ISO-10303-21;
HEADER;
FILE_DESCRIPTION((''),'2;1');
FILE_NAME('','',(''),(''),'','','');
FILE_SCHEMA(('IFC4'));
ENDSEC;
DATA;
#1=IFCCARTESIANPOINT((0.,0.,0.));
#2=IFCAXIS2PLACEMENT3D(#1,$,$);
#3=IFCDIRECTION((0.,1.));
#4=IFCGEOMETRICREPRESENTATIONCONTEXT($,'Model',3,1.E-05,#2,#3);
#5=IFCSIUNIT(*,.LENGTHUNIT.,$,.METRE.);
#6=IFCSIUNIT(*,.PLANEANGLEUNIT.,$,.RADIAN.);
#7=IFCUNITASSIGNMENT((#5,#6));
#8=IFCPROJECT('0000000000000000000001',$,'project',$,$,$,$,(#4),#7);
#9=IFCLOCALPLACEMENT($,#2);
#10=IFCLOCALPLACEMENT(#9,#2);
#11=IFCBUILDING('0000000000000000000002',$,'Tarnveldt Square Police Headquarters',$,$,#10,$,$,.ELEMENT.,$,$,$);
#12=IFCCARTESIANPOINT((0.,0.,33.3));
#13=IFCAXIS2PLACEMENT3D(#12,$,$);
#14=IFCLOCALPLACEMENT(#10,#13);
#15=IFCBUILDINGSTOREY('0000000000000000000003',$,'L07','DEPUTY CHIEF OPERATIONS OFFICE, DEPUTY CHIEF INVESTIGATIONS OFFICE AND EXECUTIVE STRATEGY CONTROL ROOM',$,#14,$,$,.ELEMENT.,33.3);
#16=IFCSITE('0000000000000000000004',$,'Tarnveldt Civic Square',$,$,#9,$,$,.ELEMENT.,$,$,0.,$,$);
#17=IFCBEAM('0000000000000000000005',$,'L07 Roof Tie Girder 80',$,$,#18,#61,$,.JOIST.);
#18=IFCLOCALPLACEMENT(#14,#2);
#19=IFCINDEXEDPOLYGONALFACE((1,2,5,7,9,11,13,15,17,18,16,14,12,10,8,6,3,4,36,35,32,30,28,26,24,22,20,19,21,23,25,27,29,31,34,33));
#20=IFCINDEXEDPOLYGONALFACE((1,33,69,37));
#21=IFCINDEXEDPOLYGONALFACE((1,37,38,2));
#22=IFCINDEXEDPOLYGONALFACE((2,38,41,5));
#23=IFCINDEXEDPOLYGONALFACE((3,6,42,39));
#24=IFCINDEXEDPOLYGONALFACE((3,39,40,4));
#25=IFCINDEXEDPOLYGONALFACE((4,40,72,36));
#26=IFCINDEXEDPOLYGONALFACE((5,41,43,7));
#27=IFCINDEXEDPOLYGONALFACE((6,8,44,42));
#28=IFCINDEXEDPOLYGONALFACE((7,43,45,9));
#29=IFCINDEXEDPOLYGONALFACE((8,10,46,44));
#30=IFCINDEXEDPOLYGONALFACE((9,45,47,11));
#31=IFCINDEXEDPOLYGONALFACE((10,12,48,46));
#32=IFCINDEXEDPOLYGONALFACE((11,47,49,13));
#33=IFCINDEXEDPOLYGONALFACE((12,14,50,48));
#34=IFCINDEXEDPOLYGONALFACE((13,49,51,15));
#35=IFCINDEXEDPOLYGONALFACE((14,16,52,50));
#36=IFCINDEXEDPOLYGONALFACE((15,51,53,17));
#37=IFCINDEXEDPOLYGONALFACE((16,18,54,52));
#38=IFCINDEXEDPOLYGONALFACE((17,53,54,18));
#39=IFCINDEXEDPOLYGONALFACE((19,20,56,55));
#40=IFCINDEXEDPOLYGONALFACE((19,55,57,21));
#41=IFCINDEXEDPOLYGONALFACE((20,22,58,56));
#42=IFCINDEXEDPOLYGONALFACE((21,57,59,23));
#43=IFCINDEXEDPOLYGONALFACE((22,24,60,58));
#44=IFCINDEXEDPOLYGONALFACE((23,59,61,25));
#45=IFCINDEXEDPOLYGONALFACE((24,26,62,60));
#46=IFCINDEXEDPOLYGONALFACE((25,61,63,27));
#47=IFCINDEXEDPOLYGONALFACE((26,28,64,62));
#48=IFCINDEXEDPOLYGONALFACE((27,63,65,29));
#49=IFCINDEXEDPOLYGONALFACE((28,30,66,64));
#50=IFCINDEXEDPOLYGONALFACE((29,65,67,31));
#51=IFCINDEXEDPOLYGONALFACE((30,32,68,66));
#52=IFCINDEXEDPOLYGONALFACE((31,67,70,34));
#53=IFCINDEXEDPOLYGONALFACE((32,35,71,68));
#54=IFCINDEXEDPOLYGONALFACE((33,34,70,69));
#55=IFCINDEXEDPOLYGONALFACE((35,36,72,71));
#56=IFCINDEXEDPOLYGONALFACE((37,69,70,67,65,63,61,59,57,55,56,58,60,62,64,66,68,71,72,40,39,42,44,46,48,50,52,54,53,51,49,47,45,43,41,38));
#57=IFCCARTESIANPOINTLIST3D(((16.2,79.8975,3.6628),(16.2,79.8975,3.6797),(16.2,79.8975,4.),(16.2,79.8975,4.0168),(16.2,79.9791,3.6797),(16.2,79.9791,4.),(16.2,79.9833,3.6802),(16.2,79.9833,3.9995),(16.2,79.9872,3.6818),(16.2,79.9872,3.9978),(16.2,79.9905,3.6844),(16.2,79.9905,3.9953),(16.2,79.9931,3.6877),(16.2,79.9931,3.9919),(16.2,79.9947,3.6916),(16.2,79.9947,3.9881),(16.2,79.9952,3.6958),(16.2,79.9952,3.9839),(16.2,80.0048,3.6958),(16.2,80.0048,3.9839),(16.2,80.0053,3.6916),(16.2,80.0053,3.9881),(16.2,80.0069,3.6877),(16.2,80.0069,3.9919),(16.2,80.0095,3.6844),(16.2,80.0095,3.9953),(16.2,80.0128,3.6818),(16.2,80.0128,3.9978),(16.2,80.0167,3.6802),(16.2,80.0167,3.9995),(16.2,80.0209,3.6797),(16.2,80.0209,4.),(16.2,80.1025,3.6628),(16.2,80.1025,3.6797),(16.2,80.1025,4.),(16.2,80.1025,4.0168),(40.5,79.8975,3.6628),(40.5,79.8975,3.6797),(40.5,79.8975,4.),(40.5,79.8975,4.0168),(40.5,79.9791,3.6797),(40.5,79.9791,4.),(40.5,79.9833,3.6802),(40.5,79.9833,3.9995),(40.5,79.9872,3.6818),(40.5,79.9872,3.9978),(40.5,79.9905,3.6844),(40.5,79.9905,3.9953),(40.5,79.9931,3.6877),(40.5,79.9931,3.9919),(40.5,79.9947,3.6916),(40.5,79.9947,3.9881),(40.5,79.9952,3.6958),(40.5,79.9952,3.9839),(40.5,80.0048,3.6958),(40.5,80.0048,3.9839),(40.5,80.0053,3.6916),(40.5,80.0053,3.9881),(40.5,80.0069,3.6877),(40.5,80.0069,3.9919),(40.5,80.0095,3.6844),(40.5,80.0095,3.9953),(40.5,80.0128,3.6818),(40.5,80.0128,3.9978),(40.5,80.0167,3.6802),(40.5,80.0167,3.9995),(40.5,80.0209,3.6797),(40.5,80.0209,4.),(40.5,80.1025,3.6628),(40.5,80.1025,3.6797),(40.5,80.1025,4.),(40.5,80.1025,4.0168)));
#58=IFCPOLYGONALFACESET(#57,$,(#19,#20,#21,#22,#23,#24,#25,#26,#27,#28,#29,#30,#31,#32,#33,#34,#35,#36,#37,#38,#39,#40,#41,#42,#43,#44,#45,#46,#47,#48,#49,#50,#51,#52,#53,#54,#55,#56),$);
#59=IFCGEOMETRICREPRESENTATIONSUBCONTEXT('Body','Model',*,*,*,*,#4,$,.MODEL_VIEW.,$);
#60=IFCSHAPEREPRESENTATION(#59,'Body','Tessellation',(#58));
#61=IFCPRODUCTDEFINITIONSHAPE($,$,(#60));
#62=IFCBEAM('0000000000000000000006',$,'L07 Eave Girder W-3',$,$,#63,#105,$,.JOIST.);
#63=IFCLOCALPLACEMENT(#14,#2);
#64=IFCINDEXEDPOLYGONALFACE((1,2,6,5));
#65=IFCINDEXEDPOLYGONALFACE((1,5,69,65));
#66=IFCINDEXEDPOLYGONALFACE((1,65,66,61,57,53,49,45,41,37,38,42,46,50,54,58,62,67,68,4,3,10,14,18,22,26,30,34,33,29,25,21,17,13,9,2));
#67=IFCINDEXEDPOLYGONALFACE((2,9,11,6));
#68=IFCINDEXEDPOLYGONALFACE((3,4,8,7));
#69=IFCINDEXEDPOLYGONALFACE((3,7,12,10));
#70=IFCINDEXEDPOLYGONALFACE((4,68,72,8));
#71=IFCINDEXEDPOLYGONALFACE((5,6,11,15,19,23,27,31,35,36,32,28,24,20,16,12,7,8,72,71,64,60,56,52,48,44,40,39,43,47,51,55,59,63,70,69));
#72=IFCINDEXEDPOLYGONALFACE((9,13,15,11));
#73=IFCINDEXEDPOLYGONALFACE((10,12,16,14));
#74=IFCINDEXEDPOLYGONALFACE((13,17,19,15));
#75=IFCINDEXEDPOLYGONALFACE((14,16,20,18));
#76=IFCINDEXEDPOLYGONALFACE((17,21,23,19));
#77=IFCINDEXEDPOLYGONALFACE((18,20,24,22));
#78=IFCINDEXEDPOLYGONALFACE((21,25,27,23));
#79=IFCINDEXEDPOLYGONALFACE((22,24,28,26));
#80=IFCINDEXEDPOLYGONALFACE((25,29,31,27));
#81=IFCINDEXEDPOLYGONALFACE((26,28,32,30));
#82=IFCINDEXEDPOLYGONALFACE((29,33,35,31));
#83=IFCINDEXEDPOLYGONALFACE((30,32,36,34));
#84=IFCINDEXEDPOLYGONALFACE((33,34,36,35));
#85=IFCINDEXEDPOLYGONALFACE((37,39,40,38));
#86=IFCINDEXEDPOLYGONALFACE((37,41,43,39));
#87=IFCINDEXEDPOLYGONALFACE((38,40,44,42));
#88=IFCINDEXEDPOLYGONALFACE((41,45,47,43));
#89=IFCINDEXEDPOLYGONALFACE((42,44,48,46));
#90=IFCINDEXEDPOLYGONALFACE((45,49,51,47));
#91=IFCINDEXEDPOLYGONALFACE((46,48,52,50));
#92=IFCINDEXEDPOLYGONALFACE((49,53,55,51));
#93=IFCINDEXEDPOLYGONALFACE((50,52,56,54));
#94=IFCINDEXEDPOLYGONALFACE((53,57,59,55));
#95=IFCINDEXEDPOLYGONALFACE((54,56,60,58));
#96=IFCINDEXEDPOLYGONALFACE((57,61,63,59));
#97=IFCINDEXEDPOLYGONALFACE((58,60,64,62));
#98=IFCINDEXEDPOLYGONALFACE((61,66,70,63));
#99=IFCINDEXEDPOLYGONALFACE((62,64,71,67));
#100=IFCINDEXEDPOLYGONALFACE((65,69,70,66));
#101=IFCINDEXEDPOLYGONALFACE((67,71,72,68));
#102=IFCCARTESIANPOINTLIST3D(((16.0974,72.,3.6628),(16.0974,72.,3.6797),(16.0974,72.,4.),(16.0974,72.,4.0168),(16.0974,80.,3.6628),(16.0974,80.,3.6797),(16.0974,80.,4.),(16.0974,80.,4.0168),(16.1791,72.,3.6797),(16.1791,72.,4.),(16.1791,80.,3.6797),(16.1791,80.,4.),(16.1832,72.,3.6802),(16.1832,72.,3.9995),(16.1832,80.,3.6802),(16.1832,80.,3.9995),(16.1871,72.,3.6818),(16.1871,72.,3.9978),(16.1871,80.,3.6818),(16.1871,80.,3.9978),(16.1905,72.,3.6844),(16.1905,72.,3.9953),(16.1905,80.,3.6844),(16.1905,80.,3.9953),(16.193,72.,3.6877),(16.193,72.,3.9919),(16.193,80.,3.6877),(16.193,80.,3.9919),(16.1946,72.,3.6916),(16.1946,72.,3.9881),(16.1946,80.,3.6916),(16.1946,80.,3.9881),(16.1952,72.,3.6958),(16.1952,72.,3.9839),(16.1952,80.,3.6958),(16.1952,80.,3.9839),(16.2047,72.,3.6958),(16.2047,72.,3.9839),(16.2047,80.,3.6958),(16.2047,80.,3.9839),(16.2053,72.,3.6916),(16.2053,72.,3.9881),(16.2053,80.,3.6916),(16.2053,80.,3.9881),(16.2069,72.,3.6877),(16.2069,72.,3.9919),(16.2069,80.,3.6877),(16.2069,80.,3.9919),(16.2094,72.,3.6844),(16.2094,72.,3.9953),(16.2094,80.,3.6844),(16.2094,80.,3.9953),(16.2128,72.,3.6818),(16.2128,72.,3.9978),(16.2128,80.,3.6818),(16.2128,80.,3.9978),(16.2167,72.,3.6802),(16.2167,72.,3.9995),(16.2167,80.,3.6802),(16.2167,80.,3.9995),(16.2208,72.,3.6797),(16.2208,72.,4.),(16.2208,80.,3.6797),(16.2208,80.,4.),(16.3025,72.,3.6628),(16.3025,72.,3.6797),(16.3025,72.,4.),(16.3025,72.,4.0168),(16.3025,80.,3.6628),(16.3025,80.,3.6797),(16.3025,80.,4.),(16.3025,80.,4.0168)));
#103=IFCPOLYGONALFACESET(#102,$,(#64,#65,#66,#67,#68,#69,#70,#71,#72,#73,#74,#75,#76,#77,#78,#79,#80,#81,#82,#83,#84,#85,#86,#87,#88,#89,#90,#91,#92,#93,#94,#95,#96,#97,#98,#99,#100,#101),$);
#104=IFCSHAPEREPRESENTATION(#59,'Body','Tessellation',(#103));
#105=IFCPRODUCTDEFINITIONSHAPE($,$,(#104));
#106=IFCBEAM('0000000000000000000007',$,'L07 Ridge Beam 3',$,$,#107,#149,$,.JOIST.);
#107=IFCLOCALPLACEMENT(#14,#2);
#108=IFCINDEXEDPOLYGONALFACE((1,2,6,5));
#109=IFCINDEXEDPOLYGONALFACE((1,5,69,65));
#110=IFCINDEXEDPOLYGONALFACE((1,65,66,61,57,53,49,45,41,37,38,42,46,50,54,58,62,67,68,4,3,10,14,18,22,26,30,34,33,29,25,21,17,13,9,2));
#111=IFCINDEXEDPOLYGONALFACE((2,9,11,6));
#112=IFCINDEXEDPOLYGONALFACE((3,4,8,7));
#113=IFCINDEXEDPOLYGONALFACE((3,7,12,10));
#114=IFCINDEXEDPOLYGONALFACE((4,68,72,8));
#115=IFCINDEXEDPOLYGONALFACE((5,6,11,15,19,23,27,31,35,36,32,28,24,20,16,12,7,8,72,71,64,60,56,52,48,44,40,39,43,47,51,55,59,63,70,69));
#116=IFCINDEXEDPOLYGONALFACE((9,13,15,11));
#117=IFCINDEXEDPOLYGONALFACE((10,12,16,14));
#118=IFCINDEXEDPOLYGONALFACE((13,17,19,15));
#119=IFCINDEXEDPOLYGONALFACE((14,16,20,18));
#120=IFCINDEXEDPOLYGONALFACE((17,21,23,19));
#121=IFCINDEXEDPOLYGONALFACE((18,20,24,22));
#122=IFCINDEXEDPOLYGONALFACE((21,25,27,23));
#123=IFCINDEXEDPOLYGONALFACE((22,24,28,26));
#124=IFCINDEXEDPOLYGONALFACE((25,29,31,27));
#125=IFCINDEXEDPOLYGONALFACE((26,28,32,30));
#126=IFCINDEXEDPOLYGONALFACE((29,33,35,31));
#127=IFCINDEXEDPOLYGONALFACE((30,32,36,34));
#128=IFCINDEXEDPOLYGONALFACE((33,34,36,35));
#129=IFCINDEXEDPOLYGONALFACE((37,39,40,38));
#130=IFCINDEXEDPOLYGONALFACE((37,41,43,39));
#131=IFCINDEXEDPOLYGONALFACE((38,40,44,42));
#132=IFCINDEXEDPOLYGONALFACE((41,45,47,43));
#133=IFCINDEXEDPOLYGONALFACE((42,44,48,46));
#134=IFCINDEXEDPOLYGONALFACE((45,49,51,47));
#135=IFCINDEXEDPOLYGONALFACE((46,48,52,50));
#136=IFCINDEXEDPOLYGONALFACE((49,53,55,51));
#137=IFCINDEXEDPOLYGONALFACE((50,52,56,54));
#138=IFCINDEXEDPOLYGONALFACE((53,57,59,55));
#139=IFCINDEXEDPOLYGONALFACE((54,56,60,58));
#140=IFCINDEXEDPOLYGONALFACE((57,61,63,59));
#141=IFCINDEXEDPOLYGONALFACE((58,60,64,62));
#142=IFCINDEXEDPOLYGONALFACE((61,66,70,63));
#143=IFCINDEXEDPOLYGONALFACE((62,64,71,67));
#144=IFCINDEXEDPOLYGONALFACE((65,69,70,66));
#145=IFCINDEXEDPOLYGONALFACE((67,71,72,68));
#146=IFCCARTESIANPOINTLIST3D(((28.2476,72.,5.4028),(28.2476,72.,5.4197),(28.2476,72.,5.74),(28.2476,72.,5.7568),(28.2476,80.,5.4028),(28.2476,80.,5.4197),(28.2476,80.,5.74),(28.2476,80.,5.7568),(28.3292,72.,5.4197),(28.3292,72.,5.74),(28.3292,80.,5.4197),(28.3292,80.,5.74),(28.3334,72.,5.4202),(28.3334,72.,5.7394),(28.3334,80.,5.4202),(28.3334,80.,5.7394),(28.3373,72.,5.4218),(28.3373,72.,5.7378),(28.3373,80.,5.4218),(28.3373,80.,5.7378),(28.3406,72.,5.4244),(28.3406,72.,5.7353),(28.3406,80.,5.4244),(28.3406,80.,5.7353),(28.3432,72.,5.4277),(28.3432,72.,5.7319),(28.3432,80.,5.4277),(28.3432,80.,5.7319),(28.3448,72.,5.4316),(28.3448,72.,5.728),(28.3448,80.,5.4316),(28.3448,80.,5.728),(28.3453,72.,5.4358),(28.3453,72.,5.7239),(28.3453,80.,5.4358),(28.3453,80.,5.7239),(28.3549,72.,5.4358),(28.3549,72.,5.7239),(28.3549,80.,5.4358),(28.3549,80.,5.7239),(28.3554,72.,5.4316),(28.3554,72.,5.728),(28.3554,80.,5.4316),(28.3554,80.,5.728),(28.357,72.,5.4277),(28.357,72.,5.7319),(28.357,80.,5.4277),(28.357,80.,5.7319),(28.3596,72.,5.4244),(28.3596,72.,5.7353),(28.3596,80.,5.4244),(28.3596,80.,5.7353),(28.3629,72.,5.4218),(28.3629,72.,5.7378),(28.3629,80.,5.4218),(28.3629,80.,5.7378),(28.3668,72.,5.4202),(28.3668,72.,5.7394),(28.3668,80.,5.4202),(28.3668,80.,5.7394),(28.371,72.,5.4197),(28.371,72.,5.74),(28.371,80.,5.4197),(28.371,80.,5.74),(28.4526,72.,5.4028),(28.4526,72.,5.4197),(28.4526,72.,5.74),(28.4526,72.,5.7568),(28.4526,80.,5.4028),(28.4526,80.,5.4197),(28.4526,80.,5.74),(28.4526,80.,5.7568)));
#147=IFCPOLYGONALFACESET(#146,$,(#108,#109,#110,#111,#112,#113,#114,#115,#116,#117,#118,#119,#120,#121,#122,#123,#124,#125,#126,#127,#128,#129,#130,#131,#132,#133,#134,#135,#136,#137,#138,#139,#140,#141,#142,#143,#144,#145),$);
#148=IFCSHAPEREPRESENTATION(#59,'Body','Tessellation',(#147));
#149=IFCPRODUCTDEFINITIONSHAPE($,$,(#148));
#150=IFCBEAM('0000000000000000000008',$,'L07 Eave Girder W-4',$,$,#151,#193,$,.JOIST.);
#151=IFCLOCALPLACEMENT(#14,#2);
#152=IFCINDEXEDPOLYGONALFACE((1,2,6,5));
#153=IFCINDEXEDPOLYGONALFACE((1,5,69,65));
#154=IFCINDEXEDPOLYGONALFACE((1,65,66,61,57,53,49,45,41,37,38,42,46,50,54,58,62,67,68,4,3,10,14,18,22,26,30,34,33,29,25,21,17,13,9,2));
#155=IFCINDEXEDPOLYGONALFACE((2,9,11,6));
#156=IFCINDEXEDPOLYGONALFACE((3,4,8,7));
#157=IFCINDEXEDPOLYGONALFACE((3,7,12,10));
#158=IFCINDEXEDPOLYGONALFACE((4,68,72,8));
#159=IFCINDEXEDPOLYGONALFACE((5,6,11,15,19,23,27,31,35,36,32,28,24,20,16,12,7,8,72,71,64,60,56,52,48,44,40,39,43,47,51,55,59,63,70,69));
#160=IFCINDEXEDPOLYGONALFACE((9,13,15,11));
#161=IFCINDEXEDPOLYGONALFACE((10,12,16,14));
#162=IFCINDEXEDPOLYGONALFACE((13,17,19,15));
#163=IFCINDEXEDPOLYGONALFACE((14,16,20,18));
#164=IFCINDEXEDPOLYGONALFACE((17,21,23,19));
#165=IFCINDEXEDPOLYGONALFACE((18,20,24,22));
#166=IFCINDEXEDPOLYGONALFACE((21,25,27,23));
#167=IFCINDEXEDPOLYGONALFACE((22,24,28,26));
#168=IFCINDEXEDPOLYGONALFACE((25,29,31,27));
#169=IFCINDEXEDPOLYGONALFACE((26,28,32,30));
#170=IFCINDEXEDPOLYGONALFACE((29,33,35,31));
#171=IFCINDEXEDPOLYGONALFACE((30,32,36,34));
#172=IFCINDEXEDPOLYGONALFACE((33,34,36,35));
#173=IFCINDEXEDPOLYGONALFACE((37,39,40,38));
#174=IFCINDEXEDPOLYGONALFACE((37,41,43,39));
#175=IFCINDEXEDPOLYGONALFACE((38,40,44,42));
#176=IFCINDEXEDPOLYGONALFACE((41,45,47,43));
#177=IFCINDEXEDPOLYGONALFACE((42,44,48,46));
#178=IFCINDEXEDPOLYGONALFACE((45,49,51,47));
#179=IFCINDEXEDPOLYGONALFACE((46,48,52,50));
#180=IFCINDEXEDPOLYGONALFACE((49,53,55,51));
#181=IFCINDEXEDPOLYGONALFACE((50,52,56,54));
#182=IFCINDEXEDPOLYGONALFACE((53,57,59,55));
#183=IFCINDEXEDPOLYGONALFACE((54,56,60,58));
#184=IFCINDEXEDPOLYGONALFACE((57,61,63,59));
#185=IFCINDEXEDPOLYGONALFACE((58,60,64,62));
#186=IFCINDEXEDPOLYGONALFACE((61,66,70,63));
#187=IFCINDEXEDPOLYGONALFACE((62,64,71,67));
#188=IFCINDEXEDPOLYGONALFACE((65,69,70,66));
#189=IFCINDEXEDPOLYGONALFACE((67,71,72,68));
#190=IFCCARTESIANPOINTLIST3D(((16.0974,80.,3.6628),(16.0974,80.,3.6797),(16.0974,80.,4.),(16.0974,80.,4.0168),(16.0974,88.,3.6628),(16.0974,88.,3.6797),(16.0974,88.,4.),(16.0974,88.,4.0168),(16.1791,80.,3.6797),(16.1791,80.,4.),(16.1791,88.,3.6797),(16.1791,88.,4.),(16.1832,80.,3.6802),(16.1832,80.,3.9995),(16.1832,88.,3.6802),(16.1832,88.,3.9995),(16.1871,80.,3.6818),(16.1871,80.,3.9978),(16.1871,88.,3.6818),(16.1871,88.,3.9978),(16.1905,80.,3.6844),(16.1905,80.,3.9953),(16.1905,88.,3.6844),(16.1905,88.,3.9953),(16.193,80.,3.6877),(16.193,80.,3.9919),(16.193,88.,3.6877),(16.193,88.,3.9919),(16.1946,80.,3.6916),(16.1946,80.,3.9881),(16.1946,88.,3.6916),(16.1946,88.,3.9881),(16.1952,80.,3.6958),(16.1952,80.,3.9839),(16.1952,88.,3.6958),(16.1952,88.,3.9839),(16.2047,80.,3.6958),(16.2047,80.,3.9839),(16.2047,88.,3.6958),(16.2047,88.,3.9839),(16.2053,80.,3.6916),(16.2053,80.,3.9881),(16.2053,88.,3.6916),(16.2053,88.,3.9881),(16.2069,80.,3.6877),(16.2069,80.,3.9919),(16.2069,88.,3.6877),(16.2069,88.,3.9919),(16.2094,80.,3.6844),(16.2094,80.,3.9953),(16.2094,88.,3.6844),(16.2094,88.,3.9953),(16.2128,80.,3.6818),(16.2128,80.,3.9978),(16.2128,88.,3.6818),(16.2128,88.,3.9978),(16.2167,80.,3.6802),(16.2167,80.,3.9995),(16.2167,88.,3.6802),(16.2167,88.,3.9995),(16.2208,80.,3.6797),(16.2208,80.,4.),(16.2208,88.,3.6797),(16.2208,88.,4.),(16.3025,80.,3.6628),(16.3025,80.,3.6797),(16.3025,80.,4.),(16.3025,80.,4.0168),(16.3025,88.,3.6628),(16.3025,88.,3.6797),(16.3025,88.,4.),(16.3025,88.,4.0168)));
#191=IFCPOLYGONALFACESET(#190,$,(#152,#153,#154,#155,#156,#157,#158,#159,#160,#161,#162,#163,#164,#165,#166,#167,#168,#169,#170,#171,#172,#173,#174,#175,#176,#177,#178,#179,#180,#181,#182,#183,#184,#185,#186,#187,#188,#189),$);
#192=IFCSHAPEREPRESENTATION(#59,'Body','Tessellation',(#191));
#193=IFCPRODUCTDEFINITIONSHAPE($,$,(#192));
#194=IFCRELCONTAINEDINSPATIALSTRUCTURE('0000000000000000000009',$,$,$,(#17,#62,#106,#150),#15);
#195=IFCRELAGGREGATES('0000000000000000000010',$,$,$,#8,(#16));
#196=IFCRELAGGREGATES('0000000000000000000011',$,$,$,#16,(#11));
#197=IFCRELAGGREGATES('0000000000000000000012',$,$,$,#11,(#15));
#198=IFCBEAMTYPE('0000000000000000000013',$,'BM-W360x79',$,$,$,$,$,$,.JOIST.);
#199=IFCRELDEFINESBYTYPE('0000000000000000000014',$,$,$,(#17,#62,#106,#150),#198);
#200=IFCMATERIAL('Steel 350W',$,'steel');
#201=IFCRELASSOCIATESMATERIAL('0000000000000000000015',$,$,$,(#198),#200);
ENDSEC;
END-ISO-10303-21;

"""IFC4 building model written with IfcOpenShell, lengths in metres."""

from ifc_helpers import new_model, si_unit, direction, frame, origin, origin_2d, place, context, subcontext, project, spatial, i_section, extrude, material, material_profile, profile_set, type_object, element, save


model = new_model("IFC4")

# Units and contexts
model_context = context("Model", 3, precision=1e-05, world=origin(), true_north=direction((0.0, 1.0)))
body_context = subcontext(model_context, "Body", "Model", "MODEL_VIEW")
ifc_project = project(units=[si_unit("LENGTHUNIT", "METRE"), si_unit("PLANEANGLEUNIT", "RADIAN")], contexts=[model_context])

# Site, building, storey
site_placement = place(None, origin())
site = spatial("IfcSite", under=ifc_project, at=site_placement, Name="Tarnveldt Civic Square", CompositionType="ELEMENT", RefElevation=0.0)
building_placement = place(site_placement, origin())
building = spatial("IfcBuilding", under=site, at=building_placement, Name="Tarnveldt Square Police Headquarters", CompositionType="ELEMENT")
storey_placement = place(building_placement, frame((0.0, 0.0, 33.3)))
storey = spatial("IfcBuildingStorey", under=building, at=storey_placement, Name="L07", Description="DEPUTY CHIEF OPERATIONS OFFICE, DEPUTY CHIEF INVESTIGATIONS OFFICE AND EXECUTIVE STRATEGY CONTROL ROOM", CompositionType="ELEMENT", Elevation=33.3)

# Shared definitions
ifc_material_1 = material(Name="Steel 350W", Category="steel")

# Beams
ifc_material_profile_1 = material_profile(ifc_material_1, i_section(OverallWidth=0.2051, OverallDepth=0.354, WebThickness=0.0095, FlangeThickness=0.0168, FilletRadius=0.0161, at=origin_2d()), Name="W360x79")
ifc_profile_set_1 = profile_set([ifc_material_profile_1], Name="Steel 350W")
beam_type_1 = type_object("IfcBeamType", Name="BM-W360x79", PredefinedType="JOIST", material=ifc_profile_set_1)
for number, where, z_axis, x_axis, name in (
    (1, (16.2, 80.0, 3.8398), (1.0, 0.0, 0.0), (0.0, 1.0, 0.0), "L07 Roof Tie Girder 80"),
):
    element("IfcBeam", number, at=place(storey_placement, frame(where, z_axis=z_axis, x_axis=x_axis)), inside=storey, type_object=beam_type_1, Name=name, PredefinedType="JOIST", context=body_context, shape_type="SweptSolid", body=[
        extrude(i_section(OverallWidth=0.2051, OverallDepth=0.354, WebThickness=0.0095, FlangeThickness=0.0168, FilletRadius=0.0161, at=origin_2d()), origin(), (0.0, 0.0, 1.0), 24.3),
    ])
for number, where, z_axis, x_axis, name in (
    (2, (16.2, 72.0, 3.8398), (0.0, 1.0, 0.0), (-1.0, 0.0, 0.0), "L07 Eave Girder W-3"),
    (3, (28.3501, 72.0, 5.5798), (0.0, 1.0, 0.0), (-1.0, 0.0, 0.0), "L07 Ridge Beam 3"),
    (4, (16.2, 80.0, 3.8398), (0.0, 1.0, 0.0), (-1.0, 0.0, 0.0), "L07 Eave Girder W-4"),
):
    element("IfcBeam", number, at=place(storey_placement, frame(where, z_axis=z_axis, x_axis=x_axis)), inside=storey, type_object=beam_type_1, Name=name, PredefinedType="JOIST", context=body_context, shape_type="SweptSolid", body=[
        extrude(i_section(OverallWidth=0.2051, OverallDepth=0.354, WebThickness=0.0095, FlangeThickness=0.0168, FilletRadius=0.0161, at=origin_2d()), origin(), (0.0, 0.0, 1.0), 8.0),
    ])

save(model, "model.ifc")
